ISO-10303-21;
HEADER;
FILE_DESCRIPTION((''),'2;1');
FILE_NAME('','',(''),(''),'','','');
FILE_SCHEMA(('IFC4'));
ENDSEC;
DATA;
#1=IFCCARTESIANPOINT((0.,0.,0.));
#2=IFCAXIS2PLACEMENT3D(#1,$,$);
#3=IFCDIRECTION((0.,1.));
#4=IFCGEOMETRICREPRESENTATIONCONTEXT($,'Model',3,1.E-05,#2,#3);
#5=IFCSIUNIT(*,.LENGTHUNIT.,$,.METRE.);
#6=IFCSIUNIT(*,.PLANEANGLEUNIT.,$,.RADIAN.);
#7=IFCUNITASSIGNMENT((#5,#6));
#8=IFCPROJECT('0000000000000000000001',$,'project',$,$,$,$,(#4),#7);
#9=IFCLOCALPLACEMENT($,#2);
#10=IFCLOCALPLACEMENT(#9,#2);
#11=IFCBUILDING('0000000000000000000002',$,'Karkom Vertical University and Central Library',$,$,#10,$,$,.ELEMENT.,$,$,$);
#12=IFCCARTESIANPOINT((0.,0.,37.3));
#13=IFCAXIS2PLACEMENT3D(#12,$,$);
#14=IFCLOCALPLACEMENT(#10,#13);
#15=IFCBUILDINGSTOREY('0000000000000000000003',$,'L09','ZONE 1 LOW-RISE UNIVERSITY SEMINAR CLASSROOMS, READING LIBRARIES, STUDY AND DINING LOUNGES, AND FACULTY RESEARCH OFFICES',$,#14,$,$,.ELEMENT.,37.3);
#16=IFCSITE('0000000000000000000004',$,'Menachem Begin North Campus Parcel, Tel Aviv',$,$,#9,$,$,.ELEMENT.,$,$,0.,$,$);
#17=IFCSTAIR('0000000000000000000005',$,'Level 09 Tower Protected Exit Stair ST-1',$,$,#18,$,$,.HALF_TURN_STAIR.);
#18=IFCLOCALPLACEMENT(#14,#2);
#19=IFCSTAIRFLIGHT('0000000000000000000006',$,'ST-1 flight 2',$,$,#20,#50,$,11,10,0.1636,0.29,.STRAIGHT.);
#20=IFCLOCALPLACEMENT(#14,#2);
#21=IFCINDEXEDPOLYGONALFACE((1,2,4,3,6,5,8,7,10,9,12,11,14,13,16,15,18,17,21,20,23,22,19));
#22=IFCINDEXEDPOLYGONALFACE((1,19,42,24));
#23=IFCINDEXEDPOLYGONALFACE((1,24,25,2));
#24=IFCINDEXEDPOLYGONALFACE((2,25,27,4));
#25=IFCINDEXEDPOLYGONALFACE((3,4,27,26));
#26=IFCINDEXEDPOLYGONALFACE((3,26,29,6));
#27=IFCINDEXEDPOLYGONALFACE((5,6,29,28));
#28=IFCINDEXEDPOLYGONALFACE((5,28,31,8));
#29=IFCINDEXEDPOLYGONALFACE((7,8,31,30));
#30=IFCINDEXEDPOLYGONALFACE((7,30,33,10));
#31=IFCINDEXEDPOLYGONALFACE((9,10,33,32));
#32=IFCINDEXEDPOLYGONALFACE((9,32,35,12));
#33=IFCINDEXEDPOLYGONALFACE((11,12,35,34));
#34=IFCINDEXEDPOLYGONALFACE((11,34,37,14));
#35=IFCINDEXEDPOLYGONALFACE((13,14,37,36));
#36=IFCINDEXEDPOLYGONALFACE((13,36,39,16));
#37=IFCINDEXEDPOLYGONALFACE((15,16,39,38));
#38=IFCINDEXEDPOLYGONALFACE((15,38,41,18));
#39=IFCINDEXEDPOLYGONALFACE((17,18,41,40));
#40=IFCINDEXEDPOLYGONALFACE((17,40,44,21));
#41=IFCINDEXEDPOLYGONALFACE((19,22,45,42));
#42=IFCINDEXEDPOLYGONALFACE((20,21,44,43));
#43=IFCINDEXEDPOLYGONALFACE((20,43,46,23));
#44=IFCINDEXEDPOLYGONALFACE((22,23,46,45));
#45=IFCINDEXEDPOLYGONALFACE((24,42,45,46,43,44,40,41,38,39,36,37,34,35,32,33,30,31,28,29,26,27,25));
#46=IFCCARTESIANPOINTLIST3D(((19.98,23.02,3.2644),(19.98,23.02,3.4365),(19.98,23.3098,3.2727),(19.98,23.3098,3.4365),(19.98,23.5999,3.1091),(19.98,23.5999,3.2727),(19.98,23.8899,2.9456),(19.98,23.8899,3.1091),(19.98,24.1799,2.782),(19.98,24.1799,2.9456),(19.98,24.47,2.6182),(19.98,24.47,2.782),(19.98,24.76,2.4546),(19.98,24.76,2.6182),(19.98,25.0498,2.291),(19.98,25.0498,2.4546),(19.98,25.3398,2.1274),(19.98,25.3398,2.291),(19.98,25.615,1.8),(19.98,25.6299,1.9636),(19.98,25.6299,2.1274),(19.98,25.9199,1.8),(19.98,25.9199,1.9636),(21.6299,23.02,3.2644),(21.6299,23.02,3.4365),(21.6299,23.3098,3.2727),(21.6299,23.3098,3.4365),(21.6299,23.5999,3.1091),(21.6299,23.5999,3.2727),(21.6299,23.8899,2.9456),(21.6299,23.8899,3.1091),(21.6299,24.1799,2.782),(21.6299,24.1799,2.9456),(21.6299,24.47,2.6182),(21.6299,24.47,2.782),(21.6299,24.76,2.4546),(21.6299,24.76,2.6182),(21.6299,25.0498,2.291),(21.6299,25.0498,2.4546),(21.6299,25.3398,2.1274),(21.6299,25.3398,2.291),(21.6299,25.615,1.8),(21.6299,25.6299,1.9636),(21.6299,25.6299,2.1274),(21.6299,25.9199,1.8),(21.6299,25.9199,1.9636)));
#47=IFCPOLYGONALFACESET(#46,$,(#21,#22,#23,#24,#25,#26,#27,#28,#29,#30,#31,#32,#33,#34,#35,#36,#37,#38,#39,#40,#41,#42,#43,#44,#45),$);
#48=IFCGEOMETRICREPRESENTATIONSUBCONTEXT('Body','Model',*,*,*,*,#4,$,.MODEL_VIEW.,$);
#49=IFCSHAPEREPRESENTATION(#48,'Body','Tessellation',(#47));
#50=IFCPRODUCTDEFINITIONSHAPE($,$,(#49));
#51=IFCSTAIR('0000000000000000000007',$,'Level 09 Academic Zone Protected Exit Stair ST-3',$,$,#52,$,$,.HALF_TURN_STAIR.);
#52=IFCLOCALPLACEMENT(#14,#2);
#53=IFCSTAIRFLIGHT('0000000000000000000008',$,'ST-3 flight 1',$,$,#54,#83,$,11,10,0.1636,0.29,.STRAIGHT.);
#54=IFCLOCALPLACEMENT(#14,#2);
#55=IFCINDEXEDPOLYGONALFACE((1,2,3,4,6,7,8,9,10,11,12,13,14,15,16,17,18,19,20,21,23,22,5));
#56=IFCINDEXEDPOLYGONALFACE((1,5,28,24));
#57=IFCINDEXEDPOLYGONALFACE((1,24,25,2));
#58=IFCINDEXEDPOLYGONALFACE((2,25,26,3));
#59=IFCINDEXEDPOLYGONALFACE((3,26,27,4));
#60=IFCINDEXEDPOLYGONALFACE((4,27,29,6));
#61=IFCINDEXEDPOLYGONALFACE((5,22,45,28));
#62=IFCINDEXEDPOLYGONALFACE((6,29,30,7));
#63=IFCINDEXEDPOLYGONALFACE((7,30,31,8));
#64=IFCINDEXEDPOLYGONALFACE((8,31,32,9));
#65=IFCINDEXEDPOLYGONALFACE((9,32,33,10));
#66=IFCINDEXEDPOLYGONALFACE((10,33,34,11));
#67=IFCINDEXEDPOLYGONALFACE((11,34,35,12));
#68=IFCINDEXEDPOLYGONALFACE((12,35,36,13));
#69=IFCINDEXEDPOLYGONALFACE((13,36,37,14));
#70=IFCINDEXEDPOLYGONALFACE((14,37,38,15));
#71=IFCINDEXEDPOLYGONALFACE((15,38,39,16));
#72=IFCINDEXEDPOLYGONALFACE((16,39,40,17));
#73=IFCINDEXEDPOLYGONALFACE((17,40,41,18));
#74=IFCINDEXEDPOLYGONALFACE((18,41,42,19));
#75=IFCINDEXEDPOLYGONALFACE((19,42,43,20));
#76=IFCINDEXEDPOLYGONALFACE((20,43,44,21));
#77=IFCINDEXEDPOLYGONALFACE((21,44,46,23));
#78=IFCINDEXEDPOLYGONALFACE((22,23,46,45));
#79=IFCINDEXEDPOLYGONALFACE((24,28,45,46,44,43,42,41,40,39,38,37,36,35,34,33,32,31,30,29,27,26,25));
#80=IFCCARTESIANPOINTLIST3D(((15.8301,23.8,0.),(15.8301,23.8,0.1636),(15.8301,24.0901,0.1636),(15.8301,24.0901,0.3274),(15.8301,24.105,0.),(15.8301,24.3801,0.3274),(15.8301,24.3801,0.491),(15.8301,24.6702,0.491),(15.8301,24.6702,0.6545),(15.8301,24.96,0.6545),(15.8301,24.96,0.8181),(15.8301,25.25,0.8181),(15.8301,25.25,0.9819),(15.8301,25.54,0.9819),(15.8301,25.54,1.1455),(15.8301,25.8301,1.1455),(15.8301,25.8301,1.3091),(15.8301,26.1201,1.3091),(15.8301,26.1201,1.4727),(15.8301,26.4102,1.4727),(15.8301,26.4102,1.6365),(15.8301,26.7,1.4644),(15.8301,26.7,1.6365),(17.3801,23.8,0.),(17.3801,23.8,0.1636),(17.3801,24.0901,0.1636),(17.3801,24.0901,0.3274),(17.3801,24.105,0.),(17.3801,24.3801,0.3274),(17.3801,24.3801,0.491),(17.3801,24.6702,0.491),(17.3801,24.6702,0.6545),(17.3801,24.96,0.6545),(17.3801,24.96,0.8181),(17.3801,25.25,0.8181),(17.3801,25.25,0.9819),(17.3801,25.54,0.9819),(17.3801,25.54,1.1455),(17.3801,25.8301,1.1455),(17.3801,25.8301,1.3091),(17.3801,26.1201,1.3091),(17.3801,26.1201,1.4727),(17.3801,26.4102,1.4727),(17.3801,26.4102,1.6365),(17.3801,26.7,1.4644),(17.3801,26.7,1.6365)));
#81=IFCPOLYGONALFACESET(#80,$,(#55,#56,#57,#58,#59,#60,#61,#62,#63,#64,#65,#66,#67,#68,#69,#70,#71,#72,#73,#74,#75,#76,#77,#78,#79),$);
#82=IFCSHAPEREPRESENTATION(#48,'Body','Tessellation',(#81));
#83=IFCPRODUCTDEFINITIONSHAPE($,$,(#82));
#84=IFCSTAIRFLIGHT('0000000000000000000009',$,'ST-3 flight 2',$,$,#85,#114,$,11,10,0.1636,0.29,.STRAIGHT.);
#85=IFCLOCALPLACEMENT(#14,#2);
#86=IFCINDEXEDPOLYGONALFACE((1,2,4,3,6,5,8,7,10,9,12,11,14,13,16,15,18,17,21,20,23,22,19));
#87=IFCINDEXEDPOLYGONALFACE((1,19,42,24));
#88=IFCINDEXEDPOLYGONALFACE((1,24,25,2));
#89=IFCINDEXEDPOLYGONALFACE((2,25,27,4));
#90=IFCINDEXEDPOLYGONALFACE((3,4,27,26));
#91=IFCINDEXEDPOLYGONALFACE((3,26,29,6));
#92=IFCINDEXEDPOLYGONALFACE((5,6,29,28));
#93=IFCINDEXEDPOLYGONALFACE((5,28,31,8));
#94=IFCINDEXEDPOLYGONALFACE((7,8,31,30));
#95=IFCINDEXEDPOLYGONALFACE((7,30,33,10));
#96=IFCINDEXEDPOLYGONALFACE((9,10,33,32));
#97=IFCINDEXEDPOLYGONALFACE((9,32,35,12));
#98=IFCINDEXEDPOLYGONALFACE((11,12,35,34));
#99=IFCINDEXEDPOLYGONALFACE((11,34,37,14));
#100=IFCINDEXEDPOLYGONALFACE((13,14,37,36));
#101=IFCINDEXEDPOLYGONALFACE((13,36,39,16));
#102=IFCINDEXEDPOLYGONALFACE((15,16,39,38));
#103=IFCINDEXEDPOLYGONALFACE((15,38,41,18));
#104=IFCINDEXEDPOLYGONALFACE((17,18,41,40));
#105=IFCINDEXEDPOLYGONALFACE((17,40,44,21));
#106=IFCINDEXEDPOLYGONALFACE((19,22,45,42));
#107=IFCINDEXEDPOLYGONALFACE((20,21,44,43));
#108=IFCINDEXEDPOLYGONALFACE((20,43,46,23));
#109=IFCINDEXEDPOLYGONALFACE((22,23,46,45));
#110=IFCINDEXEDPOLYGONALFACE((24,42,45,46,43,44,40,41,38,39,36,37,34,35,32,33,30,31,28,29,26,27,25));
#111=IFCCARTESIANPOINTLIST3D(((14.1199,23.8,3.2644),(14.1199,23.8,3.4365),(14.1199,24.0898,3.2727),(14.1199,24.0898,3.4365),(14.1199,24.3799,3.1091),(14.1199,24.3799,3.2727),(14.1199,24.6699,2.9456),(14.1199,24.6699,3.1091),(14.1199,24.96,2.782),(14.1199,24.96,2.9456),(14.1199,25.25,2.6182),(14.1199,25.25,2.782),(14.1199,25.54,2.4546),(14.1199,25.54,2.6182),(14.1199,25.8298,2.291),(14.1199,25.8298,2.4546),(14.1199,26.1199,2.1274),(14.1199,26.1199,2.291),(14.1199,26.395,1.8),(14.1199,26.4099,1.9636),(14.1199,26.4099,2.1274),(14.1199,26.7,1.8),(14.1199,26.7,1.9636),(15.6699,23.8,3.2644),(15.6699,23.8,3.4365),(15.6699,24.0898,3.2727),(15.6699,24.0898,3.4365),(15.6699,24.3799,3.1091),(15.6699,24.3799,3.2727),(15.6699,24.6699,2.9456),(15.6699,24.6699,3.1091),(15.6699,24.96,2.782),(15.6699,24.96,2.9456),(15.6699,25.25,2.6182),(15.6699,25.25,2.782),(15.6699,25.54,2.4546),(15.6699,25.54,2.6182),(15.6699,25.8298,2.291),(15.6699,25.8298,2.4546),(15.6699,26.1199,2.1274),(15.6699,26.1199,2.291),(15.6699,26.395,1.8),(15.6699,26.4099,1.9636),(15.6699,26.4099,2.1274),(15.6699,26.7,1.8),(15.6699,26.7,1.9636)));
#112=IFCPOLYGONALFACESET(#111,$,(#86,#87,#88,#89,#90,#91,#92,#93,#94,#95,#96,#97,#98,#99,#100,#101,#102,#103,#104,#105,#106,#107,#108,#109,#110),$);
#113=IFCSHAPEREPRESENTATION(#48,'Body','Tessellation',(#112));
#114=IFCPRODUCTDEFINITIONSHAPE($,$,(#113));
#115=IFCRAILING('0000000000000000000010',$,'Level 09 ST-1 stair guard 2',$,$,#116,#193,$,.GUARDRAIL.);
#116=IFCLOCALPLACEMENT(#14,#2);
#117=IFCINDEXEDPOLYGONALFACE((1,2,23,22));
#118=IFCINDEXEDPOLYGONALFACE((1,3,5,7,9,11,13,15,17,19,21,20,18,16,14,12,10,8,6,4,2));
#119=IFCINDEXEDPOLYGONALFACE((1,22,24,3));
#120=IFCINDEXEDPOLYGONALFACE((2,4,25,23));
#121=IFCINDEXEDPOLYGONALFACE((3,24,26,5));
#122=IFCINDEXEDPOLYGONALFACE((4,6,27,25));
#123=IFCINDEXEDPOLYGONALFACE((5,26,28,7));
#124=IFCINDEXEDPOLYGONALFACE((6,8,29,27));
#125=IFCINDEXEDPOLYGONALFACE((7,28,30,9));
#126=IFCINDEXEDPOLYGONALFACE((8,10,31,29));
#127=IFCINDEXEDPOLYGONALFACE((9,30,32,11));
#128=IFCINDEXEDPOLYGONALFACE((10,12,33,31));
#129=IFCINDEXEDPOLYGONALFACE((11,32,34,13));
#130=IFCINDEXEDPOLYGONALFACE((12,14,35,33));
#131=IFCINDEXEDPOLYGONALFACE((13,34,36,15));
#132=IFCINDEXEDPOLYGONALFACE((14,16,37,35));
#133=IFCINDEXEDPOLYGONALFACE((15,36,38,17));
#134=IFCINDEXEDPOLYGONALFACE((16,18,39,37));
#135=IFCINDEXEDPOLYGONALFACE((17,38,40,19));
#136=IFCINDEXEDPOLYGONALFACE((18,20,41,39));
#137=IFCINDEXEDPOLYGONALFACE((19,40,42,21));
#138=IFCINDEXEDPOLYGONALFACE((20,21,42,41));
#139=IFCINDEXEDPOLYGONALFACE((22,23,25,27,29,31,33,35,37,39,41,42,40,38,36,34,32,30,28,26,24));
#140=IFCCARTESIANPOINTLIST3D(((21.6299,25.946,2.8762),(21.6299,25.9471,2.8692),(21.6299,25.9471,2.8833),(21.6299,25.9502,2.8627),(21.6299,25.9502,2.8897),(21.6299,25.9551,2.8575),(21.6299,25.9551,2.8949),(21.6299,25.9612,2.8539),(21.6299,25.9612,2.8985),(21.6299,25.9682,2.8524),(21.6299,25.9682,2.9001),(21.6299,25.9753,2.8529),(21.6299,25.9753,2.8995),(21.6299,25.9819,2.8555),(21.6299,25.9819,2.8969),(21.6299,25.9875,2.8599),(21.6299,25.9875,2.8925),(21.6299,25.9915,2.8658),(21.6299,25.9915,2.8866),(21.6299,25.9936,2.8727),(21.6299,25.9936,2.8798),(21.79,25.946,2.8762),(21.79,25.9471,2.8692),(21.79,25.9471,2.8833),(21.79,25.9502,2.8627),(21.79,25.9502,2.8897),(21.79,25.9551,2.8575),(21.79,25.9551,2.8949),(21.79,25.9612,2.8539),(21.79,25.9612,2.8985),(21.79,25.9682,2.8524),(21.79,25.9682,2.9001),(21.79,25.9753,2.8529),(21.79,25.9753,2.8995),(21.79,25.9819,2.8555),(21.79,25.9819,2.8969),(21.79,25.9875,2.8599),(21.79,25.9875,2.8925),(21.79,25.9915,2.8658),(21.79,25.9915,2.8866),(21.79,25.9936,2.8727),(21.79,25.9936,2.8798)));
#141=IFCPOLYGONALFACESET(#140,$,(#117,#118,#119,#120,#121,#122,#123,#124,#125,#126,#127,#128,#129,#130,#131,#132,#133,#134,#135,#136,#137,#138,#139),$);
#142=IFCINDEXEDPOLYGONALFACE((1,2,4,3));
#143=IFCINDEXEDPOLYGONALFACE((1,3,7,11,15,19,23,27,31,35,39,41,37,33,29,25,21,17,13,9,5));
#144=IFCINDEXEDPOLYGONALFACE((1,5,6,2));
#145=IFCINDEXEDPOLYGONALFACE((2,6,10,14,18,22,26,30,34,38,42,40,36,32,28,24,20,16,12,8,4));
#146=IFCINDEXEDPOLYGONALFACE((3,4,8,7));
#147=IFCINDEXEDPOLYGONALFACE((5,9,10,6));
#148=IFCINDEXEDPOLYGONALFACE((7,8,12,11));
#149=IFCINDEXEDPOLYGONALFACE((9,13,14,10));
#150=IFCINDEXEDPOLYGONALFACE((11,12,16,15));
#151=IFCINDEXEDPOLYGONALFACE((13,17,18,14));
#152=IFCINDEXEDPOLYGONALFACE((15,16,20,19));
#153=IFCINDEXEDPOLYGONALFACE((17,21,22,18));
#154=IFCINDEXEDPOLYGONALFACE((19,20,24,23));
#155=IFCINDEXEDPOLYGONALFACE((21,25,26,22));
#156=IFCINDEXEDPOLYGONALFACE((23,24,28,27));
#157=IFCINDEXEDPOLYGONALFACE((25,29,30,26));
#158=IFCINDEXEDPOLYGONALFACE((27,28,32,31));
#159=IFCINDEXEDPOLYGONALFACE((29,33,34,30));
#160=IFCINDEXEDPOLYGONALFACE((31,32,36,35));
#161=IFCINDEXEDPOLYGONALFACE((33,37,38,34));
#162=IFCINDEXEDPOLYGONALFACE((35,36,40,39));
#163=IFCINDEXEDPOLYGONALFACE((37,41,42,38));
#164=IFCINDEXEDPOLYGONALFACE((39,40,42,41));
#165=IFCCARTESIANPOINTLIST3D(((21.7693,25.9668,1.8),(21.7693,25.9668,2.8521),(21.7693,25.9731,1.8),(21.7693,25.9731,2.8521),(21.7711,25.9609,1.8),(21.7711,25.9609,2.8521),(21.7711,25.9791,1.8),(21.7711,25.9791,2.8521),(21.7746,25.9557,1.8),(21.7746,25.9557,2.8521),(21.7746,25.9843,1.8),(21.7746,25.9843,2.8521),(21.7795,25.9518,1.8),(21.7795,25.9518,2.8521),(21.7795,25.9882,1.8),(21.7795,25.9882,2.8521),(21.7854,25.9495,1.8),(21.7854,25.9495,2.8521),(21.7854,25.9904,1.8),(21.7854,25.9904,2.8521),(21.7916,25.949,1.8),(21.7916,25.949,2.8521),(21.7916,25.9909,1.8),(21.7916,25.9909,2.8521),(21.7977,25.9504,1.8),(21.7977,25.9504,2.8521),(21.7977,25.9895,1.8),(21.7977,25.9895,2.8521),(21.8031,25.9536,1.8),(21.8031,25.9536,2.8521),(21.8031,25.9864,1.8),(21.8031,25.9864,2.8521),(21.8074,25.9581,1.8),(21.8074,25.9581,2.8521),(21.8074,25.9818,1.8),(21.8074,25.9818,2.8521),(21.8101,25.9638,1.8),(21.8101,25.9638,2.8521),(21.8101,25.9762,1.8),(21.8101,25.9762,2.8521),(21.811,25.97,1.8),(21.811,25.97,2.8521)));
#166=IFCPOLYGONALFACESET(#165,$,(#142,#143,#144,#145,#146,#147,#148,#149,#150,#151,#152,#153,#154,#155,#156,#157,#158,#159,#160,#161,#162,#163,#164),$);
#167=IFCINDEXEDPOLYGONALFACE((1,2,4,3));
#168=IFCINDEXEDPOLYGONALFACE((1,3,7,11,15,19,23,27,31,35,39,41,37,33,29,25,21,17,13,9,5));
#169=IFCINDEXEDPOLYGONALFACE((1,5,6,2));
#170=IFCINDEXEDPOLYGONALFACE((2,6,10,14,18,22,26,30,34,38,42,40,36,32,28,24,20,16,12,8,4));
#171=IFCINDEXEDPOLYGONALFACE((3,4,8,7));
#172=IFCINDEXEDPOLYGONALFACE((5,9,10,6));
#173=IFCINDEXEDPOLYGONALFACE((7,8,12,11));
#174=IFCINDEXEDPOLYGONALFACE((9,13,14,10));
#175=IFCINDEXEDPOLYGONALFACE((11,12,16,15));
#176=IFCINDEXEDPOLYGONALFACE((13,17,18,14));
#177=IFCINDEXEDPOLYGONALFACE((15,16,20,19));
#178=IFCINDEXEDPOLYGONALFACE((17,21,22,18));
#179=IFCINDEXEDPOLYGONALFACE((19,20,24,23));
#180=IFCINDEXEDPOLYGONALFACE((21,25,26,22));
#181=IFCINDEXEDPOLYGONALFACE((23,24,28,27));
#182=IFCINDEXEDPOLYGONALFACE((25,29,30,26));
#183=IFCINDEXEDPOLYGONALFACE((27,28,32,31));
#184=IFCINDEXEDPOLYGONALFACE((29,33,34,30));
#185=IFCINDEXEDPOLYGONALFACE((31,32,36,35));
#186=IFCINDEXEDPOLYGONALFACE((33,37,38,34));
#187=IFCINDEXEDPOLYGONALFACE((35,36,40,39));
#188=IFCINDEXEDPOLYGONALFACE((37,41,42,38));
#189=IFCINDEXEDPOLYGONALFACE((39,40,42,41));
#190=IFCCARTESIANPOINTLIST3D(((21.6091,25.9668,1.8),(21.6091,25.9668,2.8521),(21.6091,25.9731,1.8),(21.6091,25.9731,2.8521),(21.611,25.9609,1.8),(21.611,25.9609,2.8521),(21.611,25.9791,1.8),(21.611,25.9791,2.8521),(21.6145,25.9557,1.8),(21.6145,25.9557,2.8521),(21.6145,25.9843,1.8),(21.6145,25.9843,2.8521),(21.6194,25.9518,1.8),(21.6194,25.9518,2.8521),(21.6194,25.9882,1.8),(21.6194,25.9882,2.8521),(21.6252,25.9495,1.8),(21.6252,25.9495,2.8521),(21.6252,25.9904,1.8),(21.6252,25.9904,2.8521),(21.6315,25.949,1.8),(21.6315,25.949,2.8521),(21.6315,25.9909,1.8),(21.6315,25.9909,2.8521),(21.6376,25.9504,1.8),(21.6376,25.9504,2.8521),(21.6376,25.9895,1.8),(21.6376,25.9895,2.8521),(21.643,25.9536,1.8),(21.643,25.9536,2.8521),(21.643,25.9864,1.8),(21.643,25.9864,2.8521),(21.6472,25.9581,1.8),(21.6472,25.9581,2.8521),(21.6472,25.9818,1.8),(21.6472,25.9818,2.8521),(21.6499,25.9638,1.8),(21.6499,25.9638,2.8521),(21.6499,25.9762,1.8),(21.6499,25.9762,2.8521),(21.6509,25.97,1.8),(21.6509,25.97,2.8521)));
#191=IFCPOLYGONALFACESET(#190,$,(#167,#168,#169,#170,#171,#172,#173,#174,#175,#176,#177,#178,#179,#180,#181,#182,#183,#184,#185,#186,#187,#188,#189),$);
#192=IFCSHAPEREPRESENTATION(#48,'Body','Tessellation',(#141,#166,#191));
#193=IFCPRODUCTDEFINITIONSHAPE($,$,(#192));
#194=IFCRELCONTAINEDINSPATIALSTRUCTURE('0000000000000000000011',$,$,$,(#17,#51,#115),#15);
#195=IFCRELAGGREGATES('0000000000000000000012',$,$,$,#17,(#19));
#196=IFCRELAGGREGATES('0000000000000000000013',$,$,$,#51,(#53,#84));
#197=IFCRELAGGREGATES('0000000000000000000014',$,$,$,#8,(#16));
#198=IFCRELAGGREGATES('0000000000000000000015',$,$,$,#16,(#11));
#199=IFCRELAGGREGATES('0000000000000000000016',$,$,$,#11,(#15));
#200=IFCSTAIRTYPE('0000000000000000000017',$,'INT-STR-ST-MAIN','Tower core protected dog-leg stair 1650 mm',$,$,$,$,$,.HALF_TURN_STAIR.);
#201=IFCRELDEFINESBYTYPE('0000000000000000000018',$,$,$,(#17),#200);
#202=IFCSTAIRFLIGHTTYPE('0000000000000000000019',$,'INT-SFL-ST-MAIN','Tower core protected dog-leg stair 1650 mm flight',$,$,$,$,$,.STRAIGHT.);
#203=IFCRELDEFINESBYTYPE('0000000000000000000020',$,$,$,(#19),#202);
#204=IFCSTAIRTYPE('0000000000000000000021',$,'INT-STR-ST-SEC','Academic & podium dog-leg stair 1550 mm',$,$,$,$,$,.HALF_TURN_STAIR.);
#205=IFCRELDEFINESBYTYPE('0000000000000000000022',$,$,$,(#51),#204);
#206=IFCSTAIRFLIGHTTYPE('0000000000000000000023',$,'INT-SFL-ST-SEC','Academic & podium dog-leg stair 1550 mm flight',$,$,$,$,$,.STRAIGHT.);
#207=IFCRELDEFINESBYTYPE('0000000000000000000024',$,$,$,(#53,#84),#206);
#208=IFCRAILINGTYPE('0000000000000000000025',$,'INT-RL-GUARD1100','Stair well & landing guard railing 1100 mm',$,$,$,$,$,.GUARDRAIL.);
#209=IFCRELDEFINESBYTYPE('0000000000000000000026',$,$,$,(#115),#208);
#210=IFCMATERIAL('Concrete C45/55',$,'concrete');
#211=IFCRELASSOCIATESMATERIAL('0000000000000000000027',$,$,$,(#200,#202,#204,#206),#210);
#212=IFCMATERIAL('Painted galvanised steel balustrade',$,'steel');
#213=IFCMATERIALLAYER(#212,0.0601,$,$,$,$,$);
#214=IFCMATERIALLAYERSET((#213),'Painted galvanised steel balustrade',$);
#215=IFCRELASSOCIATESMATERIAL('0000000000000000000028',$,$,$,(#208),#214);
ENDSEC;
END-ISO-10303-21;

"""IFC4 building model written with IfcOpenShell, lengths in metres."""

from ifc_helpers import new_model, si_unit, direction, frame, origin, origin_2d, place, context, subcontext, project, spatial, polyline, circle, outline, extrude, material, layer, layer_set, type_object, element, aggregate, save


model = new_model("IFC4")

# Units and contexts
model_context = context("Model", 3, precision=1e-05, world=origin(), true_north=direction((0.0, 1.0)))
body_context = subcontext(model_context, "Body", "Model", "MODEL_VIEW")
ifc_project = project(units=[si_unit("LENGTHUNIT", "METRE"), si_unit("PLANEANGLEUNIT", "RADIAN")], contexts=[model_context])

# Site, building, storey
site_placement = place(None, origin())
site = spatial("IfcSite", under=ifc_project, at=site_placement, Name="Menachem Begin North Campus Parcel, Tel Aviv", CompositionType="ELEMENT", RefElevation=0.0)
building_placement = place(site_placement, origin())
building = spatial("IfcBuilding", under=site, at=building_placement, Name="Karkom Vertical University and Central Library", CompositionType="ELEMENT")
storey_placement = place(building_placement, frame((0.0, 0.0, 37.3)))
storey = spatial("IfcBuildingStorey", under=building, at=storey_placement, Name="L09", Description="ZONE 1 LOW-RISE UNIVERSITY SEMINAR CLASSROOMS, READING LIBRARIES, STUDY AND DINING LOUNGES, AND FACULTY RESEARCH OFFICES", CompositionType="ELEMENT", Elevation=37.3)

# Shared definitions
ifc_material_1 = material(Name="Concrete C45/55", Category="concrete")

# Stair, stair flight
stair_type_1 = type_object("IfcStairType", Name="INT-STR-ST-MAIN", Description="Tower core protected dog-leg stair 1650 mm", PredefinedType="HALF_TURN_STAIR", material=ifc_material_1)
stair_1_placement = place(storey_placement, origin())
stair_1 = element("IfcStair", 1, at=stair_1_placement, inside=storey, type_object=stair_type_1, Name="Level 09 Tower Protected Exit Stair ST-1", PredefinedType="HALF_TURN_STAIR")
stair_flight_type_1 = type_object("IfcStairFlightType", Name="INT-SFL-ST-MAIN", Description="Tower core protected dog-leg stair 1650 mm flight", PredefinedType="STRAIGHT", material=ifc_material_1)
stair_flight_1_placement = place(storey_placement, frame((20.8049, 25.9199, 1.8), z_axis=(0.0, 0.0, 1.0), x_axis=(0.0, -1.0, 0.0)))
stair_flight_1 = element("IfcStairFlight", 2, at=stair_flight_1_placement, type_object=stair_flight_type_1, Name="ST-1 flight 2", NumberOfRisers=11, NumberOfTreads=10, PredefinedType="STRAIGHT", RiserHeight=0.1636, TreadLength=0.29, context=body_context, shape_type="SweptSolid", body=[
    extrude(outline(polyline([(0.0, 0.0), (0.0, 0.1636), (0.29, 0.1636), (0.29, 0.3274), (0.5801, 0.3274), (0.5801, 0.491), (0.8701, 0.491), (0.8701, 0.6545), (1.1599, 0.6545), (1.1599, 0.8181), (1.45, 0.8181), (1.45, 0.9819), (1.74, 0.9819), (1.74, 1.1455), (2.03, 1.1455), (2.03, 1.3091), (2.3201, 1.3091), (2.3201, 1.4727), (2.6101, 1.4727), (2.6101, 1.6365), (2.8999, 1.6365), (2.8999, 1.8), (2.8999, 1.4644), (0.3049, 0.0), (0.0, 0.0)])), frame((0.0, 0.825, 0.0), z_axis=(0.0, -1.0, 0.0), x_axis=(1.0, 0.0, 0.0)), (0.0, 0.0, 1.0), 1.6499),
])
aggregate(stair_1, [stair_flight_1])

# Stair, stair flights
stair_type_2 = type_object("IfcStairType", Name="INT-STR-ST-SEC", Description="Academic & podium dog-leg stair 1550 mm", PredefinedType="HALF_TURN_STAIR", material=ifc_material_1)
stair_2_placement = place(storey_placement, origin())
stair_2 = element("IfcStair", 3, at=stair_2_placement, inside=storey, type_object=stair_type_2, Name="Level 09 Academic Zone Protected Exit Stair ST-3", PredefinedType="HALF_TURN_STAIR")
stair_flight_type_2 = type_object("IfcStairFlightType", Name="INT-SFL-ST-SEC", Description="Academic & podium dog-leg stair 1550 mm flight", PredefinedType="STRAIGHT", material=ifc_material_1)
stair_flight_2_placement = place(storey_placement, frame((16.605, 23.8, 0.0), z_axis=(0.0, 0.0, 1.0), x_axis=(0.0, 1.0, 0.0)))
stair_flight_2 = element("IfcStairFlight", 4, at=stair_flight_2_placement, type_object=stair_flight_type_2, Name="ST-3 flight 1", NumberOfRisers=11, NumberOfTreads=10, PredefinedType="STRAIGHT", RiserHeight=0.1636, TreadLength=0.29, context=body_context, shape_type="SweptSolid", body=[
    extrude(outline(polyline([(0.0, 0.0), (0.0, 0.1636), (0.29, 0.1636), (0.29, 0.3274), (0.5801, 0.3274), (0.5801, 0.491), (0.8701, 0.491), (0.8701, 0.6545), (1.1599, 0.6545), (1.1599, 0.8181), (1.45, 0.8181), (1.45, 0.9819), (1.74, 0.9819), (1.74, 1.1455), (2.03, 1.1455), (2.03, 1.3091), (2.3201, 1.3091), (2.3201, 1.4727), (2.6101, 1.4727), (2.6101, 1.6365), (2.8999, 1.6365), (2.8999, 1.8), (2.8999, 1.4644), (0.3049, 0.0), (0.0, 0.0)])), frame((0.0, 0.7749, 0.0), z_axis=(0.0, -1.0, 0.0), x_axis=(1.0, 0.0, 0.0)), (0.0, 0.0, 1.0), 1.55),
])
stair_flight_3_placement = place(storey_placement, frame((14.895, 26.7, 1.8), z_axis=(0.0, 0.0, 1.0), x_axis=(0.0, -1.0, 0.0)))
stair_flight_3 = element("IfcStairFlight", 5, at=stair_flight_3_placement, type_object=stair_flight_type_2, Name="ST-3 flight 2", NumberOfRisers=11, NumberOfTreads=10, PredefinedType="STRAIGHT", RiserHeight=0.1636, TreadLength=0.29, context=body_context, shape_type="SweptSolid", body=[
    extrude(outline(polyline([(0.0, 0.0), (0.0, 0.1636), (0.29, 0.1636), (0.29, 0.3274), (0.5801, 0.3274), (0.5801, 0.491), (0.8701, 0.491), (0.8701, 0.6545), (1.1599, 0.6545), (1.1599, 0.8181), (1.45, 0.8181), (1.45, 0.9819), (1.74, 0.9819), (1.74, 1.1455), (2.03, 1.1455), (2.03, 1.3091), (2.3201, 1.3091), (2.3201, 1.4727), (2.6101, 1.4727), (2.6101, 1.6365), (2.8999, 1.6365), (2.8999, 1.8), (2.8999, 1.4644), (0.3049, 0.0), (0.0, 0.0)])), frame((0.0, 0.7749, 0.0), z_axis=(0.0, -1.0, 0.0), x_axis=(1.0, 0.0, 0.0)), (0.0, 0.0, 1.0), 1.55),
])
aggregate(stair_2, [stair_flight_2, stair_flight_3])

# Railing
ifc_material_2 = material(Name="Painted galvanised steel balustrade", Category="steel")
ifc_layer_1 = layer(ifc_material_2, 0.0601)
ifc_layer_set_1 = layer_set([ifc_layer_1], Name="Painted galvanised steel balustrade")
railing_type_1 = type_object("IfcRailingType", Name="INT-RL-GUARD1100", Description="Stair well & landing guard railing 1100 mm", PredefinedType="GUARDRAIL", material=ifc_layer_set_1)
railing_1_placement = place(storey_placement, frame((21.79, 25.97, 1.8)))
element("IfcRailing", 6, at=railing_1_placement, inside=storey, type_object=railing_type_1, Name="Level 09 ST-1 stair guard 2", PredefinedType="GUARDRAIL", context=body_context, shape_type="SweptSolid", body=[
    extrude(circle(Radius=0.0239, at=origin_2d()), frame((0.0, 0.0, 1.0762), z_axis=(-1.0, 0.0, 0.0), x_axis=(0.0, -1.0, 0.0)), (0.0, 0.0, 1.0), 0.1602),
    extrude(circle(Radius=0.021, at=origin_2d()), origin(), (0.0, 0.0, 1.0), 1.052),
    extrude(circle(Radius=0.021, at=origin_2d()), frame((-0.1602, 0.0, 0.0)), (0.0, 0.0, 1.0), 1.052),
])

save(model, "model.ifc")
